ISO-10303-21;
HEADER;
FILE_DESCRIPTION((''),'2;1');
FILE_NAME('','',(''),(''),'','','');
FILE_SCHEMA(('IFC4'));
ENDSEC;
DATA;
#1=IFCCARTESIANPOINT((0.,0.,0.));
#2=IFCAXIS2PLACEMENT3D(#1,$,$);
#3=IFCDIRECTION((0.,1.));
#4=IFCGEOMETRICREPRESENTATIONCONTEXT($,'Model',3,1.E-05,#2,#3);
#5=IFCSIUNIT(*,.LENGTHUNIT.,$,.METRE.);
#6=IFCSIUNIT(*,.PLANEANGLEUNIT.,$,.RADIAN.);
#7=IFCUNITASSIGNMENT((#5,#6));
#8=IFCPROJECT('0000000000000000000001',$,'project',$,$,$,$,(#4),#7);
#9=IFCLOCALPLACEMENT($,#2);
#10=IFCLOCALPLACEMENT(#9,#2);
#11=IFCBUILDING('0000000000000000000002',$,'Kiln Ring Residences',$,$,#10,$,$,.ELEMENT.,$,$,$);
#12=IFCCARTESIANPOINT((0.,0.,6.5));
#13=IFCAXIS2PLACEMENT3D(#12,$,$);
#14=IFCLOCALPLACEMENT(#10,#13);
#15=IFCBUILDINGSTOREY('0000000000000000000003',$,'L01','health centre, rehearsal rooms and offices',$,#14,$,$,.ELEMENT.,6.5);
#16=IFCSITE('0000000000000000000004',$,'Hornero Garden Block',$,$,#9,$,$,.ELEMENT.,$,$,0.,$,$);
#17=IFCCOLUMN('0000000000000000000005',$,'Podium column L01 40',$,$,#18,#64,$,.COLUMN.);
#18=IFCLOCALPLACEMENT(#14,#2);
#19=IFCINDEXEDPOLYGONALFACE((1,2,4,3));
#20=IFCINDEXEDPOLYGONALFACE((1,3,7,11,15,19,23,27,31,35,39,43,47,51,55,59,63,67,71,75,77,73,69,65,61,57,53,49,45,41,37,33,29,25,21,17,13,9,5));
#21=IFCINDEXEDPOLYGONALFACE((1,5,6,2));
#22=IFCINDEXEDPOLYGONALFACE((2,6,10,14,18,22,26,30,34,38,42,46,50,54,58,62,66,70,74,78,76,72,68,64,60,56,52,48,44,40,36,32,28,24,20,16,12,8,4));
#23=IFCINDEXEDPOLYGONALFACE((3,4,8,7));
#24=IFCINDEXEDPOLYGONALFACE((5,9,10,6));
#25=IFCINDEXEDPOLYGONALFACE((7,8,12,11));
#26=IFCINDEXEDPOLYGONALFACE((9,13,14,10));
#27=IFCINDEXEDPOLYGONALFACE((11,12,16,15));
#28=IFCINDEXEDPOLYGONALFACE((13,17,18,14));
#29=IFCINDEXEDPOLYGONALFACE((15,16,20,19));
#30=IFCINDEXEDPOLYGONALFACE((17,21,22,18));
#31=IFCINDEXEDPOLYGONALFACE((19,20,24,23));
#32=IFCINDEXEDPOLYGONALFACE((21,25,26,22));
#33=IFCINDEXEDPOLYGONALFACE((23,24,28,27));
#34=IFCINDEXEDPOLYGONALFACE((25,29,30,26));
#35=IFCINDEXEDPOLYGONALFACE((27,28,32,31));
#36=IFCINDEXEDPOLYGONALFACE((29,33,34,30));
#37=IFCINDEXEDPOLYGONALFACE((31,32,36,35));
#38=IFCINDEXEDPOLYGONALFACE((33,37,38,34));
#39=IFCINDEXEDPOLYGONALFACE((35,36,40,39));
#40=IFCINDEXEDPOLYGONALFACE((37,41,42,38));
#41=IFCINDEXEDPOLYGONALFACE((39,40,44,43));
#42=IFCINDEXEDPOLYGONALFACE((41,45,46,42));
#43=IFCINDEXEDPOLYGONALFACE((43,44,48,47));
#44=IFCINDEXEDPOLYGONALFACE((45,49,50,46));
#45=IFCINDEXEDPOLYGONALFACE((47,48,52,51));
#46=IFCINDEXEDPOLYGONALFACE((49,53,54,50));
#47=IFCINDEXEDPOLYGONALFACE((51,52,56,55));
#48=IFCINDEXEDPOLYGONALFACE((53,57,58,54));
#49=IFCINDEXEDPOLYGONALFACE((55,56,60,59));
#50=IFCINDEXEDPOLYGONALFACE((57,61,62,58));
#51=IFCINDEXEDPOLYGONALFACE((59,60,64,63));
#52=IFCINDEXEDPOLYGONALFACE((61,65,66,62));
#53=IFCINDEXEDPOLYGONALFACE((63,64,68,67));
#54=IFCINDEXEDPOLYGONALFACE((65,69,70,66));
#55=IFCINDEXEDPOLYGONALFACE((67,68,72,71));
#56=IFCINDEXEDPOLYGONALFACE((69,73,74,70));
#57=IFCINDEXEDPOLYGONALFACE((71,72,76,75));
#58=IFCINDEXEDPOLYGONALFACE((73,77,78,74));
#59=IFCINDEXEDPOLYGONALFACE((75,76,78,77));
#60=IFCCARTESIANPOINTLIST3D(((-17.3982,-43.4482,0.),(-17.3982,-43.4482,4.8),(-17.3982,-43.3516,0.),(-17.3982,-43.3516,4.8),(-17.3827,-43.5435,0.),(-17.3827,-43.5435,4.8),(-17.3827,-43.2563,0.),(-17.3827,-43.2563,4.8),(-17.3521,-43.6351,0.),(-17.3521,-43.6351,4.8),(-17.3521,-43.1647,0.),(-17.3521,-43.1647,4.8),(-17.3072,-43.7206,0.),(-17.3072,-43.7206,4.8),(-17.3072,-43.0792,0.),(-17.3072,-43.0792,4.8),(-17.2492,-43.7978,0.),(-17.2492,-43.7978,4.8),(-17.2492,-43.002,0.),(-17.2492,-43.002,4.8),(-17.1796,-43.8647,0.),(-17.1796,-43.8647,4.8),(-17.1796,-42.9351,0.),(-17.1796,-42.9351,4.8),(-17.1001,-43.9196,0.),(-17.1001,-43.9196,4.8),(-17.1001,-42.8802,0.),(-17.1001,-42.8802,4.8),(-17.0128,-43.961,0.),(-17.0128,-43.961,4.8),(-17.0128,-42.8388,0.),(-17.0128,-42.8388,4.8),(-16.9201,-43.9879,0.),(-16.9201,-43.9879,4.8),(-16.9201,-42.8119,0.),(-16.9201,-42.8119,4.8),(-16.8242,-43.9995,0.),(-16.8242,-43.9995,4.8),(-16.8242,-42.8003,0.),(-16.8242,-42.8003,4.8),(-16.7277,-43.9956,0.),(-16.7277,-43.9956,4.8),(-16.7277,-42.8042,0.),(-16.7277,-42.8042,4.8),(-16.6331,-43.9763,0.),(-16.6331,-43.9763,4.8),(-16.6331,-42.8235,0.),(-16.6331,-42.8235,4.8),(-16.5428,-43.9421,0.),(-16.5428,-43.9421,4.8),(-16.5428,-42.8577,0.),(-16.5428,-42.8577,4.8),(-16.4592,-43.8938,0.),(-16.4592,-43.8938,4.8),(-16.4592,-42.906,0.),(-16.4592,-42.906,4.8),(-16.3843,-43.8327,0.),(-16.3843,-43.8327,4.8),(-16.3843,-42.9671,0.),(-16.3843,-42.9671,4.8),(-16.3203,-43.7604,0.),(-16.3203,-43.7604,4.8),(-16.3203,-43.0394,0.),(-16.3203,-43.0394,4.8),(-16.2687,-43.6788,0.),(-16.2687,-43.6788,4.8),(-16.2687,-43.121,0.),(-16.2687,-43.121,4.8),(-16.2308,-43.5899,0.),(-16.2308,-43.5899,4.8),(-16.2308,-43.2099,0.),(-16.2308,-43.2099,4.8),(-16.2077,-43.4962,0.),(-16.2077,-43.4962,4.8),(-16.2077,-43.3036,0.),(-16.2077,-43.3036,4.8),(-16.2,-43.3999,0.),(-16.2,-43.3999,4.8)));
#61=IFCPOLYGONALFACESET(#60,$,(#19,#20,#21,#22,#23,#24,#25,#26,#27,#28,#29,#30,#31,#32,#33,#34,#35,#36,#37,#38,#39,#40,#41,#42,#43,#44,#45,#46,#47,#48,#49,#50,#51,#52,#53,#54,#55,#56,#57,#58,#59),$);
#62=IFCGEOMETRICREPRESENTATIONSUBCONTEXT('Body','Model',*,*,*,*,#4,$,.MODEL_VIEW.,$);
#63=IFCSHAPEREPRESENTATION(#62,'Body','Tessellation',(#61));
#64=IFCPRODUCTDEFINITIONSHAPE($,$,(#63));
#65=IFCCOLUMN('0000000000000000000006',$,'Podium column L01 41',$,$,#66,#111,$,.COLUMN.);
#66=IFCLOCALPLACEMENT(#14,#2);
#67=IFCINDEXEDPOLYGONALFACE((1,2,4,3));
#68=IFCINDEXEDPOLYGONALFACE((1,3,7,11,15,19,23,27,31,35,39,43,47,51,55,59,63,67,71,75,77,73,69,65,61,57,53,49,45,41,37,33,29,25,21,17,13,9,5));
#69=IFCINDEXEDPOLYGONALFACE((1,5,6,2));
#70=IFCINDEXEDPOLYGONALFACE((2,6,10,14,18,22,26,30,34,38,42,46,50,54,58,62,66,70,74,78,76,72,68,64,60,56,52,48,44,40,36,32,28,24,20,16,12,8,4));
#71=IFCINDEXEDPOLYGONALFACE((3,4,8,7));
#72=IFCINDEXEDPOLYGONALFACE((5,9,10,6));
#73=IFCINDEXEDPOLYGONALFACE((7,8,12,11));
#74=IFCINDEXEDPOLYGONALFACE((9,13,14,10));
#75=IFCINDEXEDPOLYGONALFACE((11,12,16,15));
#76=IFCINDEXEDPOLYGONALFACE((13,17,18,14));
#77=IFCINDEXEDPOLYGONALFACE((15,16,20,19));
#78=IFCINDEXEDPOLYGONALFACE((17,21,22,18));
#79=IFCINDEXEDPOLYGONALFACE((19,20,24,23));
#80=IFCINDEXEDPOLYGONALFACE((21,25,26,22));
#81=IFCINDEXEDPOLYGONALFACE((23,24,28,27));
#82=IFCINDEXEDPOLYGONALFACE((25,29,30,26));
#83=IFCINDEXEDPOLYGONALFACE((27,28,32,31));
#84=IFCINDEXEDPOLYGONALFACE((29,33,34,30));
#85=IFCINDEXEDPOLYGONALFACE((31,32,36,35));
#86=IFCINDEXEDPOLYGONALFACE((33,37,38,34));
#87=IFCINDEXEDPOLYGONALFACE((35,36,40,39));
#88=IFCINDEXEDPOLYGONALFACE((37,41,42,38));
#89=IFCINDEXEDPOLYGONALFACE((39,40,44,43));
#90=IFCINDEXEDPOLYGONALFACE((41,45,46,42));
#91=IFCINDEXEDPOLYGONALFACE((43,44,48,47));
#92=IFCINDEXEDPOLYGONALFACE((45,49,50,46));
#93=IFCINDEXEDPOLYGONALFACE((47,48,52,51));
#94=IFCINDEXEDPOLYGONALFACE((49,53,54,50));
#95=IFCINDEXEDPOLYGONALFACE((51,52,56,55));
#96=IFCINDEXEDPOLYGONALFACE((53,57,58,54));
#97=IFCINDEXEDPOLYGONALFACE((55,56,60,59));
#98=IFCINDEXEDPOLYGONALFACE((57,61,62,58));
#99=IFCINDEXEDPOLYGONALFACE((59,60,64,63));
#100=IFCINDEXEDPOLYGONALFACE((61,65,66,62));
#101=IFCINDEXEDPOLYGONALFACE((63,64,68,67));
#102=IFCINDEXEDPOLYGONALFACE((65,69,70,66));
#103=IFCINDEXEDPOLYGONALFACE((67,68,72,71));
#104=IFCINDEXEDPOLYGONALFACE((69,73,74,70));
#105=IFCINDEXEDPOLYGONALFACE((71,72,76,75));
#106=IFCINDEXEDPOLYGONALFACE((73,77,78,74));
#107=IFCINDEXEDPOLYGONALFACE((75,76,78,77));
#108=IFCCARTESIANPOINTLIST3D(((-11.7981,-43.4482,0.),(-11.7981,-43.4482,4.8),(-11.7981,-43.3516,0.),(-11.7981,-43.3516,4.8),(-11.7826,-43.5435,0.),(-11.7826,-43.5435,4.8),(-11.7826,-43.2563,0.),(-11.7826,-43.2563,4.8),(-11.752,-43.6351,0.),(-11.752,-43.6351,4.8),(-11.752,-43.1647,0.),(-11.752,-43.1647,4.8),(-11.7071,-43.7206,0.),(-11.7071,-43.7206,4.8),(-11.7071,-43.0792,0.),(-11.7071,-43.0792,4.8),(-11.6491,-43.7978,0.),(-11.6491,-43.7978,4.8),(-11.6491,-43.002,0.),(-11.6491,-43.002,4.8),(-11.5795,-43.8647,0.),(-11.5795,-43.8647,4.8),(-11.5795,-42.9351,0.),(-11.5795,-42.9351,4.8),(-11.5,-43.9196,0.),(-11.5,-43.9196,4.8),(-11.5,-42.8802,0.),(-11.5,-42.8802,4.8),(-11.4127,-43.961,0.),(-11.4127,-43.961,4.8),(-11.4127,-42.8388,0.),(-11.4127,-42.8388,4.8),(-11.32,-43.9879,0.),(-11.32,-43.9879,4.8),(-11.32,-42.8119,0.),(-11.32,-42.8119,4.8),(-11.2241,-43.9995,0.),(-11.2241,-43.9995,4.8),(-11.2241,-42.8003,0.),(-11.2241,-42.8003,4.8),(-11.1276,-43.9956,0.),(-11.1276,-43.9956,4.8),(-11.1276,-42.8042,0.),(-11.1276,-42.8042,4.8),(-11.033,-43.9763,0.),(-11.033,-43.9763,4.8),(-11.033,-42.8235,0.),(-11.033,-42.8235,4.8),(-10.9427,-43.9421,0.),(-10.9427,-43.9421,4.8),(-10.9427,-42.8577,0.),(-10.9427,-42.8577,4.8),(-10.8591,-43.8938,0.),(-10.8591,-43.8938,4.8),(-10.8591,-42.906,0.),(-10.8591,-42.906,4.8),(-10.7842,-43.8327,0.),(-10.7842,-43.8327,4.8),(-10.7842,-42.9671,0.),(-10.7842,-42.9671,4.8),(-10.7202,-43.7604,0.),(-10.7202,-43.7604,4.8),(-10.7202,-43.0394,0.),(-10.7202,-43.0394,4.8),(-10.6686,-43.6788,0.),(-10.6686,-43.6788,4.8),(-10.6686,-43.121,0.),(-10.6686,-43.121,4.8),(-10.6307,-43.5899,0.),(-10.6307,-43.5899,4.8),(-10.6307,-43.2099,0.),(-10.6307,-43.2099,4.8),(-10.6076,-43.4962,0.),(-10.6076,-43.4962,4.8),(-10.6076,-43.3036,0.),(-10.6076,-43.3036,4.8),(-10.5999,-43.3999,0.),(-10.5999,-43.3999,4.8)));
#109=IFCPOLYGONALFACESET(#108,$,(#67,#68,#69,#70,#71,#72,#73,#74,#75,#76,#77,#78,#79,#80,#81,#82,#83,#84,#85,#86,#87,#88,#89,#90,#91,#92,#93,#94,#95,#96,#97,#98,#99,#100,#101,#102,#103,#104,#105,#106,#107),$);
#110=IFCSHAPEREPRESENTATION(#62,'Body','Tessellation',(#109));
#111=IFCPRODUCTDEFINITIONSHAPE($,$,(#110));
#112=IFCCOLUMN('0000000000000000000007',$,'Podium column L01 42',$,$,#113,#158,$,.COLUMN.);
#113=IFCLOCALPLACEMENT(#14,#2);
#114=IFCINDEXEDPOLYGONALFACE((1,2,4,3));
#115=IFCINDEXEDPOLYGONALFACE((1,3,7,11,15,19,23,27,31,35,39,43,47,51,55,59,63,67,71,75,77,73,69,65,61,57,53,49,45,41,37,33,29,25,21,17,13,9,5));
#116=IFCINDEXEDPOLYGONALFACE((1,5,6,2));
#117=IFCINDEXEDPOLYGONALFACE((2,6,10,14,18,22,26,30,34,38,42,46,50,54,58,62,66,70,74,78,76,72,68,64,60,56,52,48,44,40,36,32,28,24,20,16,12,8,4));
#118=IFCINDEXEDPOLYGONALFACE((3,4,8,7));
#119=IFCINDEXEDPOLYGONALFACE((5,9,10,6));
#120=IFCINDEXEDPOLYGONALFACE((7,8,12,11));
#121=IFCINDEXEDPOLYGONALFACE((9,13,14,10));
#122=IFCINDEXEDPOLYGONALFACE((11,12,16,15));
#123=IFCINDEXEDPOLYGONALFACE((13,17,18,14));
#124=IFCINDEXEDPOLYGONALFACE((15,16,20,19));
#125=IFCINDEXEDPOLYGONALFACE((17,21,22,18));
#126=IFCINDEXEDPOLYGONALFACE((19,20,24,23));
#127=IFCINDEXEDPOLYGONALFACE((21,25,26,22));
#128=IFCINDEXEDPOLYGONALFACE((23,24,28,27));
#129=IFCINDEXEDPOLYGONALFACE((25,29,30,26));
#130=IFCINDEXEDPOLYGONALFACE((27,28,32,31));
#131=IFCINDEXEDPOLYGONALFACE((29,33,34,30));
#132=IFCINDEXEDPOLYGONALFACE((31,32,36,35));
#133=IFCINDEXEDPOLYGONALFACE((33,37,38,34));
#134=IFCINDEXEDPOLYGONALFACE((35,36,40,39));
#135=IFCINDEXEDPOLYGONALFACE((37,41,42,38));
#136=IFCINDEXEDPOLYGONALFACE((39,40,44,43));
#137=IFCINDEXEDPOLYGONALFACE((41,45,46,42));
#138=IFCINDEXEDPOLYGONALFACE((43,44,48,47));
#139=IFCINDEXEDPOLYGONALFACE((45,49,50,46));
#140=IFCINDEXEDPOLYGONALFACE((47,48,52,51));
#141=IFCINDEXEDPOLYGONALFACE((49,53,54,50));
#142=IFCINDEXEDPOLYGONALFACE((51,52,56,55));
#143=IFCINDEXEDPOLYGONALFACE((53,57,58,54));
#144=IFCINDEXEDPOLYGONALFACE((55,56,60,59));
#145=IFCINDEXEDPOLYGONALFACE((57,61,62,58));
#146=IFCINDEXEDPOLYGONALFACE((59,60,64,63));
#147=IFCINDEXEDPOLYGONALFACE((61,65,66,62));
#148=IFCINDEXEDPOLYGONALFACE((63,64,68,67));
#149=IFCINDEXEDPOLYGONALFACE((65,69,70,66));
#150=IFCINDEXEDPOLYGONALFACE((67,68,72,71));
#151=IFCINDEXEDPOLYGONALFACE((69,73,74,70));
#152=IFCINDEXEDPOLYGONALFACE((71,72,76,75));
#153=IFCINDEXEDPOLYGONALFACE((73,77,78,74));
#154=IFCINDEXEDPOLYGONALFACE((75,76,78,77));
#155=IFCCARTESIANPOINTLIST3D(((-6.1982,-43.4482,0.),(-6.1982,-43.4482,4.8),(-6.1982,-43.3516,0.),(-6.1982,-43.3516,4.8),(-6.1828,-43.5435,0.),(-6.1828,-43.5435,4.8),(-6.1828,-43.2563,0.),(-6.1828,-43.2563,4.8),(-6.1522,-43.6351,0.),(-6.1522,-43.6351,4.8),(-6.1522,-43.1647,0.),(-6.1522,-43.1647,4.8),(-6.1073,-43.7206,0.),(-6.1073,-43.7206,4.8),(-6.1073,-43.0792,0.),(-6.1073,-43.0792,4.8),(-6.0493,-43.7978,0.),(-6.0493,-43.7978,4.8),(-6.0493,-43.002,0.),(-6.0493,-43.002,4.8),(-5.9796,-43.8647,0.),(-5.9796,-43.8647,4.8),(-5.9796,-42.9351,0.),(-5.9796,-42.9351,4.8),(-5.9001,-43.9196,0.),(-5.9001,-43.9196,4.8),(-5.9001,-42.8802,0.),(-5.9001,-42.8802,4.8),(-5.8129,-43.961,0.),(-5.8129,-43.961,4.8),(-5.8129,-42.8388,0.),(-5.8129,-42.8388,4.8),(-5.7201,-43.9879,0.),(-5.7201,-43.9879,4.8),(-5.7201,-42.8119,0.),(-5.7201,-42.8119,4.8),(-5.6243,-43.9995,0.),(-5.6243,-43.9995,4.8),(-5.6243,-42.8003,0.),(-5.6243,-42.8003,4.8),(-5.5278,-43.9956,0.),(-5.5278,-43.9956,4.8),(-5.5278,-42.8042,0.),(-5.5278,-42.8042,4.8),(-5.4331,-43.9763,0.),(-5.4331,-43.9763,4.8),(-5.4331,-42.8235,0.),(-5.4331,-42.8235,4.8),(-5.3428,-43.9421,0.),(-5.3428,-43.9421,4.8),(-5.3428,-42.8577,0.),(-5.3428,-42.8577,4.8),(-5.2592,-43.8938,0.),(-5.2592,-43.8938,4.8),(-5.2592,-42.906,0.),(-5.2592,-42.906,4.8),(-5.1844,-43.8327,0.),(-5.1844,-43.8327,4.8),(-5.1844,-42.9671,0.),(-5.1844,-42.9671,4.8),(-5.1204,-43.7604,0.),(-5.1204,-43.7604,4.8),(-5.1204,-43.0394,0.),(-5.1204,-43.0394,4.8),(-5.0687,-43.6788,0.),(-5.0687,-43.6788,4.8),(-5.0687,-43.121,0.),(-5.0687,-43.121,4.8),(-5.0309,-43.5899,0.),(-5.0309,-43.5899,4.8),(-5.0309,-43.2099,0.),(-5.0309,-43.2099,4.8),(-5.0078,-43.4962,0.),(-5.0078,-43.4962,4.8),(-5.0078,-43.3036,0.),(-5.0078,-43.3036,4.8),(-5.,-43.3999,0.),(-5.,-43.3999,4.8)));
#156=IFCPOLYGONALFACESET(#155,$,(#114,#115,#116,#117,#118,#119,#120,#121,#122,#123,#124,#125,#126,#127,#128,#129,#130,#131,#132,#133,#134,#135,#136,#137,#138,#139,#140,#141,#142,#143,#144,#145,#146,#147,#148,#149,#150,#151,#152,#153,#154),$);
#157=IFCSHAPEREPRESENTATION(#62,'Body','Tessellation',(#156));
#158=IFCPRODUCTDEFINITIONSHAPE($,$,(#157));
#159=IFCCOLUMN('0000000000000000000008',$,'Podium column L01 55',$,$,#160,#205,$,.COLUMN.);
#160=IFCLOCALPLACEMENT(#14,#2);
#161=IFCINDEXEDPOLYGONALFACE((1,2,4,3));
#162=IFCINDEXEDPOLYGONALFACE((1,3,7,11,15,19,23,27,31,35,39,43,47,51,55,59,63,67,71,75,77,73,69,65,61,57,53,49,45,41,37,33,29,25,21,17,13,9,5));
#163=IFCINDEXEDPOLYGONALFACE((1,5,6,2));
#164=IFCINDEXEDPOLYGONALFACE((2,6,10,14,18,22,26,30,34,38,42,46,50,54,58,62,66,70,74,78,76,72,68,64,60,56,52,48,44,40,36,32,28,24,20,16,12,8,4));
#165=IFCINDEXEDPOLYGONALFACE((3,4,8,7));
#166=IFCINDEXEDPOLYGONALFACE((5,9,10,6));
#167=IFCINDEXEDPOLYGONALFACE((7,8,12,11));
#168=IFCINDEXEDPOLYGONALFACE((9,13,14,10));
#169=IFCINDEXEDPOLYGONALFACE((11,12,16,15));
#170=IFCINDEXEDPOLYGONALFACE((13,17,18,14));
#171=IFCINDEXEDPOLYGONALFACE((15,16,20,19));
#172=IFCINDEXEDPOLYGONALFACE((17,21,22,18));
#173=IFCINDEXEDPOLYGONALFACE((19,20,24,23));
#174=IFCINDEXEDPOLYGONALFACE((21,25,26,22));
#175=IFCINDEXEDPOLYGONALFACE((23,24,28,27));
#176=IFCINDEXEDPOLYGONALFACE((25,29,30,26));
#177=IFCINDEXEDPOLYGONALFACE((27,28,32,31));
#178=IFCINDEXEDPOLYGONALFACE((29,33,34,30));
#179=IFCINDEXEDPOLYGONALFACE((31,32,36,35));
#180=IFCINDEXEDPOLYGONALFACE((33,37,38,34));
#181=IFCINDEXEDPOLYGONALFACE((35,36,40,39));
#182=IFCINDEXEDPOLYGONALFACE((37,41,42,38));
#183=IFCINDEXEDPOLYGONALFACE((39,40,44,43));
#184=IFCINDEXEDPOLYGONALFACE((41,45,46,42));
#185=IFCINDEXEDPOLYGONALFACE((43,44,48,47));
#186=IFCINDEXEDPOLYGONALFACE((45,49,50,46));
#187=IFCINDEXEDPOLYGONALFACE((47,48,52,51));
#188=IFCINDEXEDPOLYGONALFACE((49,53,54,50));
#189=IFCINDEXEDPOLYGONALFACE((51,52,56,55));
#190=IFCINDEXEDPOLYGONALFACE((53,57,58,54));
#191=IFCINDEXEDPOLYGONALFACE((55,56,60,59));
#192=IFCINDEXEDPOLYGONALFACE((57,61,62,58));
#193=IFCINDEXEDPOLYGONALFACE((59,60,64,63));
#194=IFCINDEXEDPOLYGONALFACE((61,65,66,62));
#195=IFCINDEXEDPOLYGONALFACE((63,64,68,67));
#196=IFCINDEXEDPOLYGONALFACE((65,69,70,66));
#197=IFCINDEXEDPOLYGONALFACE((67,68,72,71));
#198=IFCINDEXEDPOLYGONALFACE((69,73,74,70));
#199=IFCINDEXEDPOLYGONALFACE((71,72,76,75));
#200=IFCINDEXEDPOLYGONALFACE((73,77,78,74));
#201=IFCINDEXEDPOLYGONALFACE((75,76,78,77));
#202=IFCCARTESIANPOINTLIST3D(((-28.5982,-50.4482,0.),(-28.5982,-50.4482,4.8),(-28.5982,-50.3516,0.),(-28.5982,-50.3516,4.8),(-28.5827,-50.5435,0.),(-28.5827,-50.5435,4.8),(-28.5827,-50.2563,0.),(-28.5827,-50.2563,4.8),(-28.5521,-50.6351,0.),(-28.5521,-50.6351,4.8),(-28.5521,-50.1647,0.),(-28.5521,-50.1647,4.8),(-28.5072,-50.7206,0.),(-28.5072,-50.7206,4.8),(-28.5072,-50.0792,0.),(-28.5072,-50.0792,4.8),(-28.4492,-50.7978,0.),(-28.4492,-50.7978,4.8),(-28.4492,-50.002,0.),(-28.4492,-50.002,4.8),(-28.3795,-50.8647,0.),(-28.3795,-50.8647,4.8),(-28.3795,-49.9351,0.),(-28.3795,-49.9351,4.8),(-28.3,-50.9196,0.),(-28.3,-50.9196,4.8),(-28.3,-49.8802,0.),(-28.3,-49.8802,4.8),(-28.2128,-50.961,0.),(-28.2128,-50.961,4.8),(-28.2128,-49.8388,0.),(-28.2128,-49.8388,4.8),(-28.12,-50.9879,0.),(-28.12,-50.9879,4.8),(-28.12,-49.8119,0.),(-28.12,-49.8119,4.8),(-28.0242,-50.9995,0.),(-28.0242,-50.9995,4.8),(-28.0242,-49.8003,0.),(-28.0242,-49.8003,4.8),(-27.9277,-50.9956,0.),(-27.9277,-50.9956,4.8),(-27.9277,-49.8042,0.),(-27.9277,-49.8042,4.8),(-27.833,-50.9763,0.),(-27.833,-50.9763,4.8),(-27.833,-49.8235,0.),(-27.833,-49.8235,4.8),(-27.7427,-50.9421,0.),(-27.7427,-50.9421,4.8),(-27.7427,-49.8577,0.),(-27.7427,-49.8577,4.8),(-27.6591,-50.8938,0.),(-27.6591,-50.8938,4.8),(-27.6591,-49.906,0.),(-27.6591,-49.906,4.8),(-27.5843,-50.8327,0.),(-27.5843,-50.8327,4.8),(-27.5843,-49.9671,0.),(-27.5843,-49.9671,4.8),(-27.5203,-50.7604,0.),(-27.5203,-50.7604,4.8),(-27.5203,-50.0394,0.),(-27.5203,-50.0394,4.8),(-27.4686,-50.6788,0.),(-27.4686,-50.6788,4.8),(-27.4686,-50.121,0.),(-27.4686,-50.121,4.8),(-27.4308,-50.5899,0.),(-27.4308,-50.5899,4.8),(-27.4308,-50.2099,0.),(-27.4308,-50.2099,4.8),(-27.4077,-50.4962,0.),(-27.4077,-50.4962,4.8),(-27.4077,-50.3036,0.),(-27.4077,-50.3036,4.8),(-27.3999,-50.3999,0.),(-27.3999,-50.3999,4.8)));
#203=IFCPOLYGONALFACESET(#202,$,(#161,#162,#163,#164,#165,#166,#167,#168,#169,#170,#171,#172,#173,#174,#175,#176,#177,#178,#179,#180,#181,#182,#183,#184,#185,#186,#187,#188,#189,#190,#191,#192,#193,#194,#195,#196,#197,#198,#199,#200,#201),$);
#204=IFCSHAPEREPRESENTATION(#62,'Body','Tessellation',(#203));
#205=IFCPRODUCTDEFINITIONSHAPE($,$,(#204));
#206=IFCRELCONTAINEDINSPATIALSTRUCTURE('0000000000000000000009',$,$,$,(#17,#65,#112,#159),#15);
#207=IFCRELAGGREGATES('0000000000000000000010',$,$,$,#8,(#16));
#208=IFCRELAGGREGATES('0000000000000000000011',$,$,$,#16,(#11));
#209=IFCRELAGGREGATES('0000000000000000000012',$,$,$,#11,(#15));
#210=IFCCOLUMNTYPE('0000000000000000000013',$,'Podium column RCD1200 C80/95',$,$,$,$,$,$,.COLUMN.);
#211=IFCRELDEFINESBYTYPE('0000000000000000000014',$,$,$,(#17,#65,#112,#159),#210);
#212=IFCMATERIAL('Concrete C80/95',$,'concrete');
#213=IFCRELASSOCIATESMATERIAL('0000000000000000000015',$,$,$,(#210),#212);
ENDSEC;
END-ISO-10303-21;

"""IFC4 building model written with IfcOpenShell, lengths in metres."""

from ifc_helpers import new_model, si_unit, direction, frame, origin, origin_2d, place, context, subcontext, project, spatial, circle, extrude, material, material_profile, profile_set, type_object, element, save


model = new_model("IFC4")

# Units and contexts
model_context = context("Model", 3, precision=1e-05, world=origin(), true_north=direction((0.0, 1.0)))
body_context = subcontext(model_context, "Body", "Model", "MODEL_VIEW")
ifc_project = project(units=[si_unit("LENGTHUNIT", "METRE"), si_unit("PLANEANGLEUNIT", "RADIAN")], contexts=[model_context])

# Site, building, storey
site_placement = place(None, origin())
site = spatial("IfcSite", under=ifc_project, at=site_placement, Name="Hornero Garden Block", CompositionType="ELEMENT", RefElevation=0.0)
building_placement = place(site_placement, origin())
building = spatial("IfcBuilding", under=site, at=building_placement, Name="Kiln Ring Residences", CompositionType="ELEMENT")
storey_placement = place(building_placement, frame((0.0, 0.0, 6.5)))
storey = spatial("IfcBuildingStorey", under=building, at=storey_placement, Name="L01", Description="health centre, rehearsal rooms and offices", CompositionType="ELEMENT", Elevation=6.5)

# Columns
ifc_material_1 = material(Name="Concrete C80/95", Category="concrete")
ifc_material_profile = material_profile(ifc_material_1, circle(Radius=0.6001, at=origin_2d()), Name="RCD1200")
ifc_profile_set = profile_set([ifc_material_profile], Name="Concrete C80/95")
column_type = type_object("IfcColumnType", Name="Podium column RCD1200 C80/95", PredefinedType="COLUMN", material=ifc_profile_set)
for number, where, z_axis, x_axis, name in (
    (1, (-16.8, -43.3999, 0.0), (0.0, 0.0, 1.0), (1.0, 0.0, 0.0), "Podium column L01 40"),
    (2, (-11.2, -43.3999, 0.0), (0.0, 0.0, 1.0), (1.0, 0.0, 0.0), "Podium column L01 41"),
    (3, (-5.6001, -43.3999, 0.0), (0.0, 0.0, 1.0), (1.0, 0.0, 0.0), "Podium column L01 42"),
    (4, (-28.0, -50.3999, 0.0), (0.0, 0.0, 1.0), (1.0, 0.0, 0.0), "Podium column L01 55"),
):
    element("IfcColumn", number, at=place(storey_placement, frame(where, z_axis=z_axis, x_axis=x_axis)), inside=storey, type_object=column_type, Name=name, PredefinedType="COLUMN", context=body_context, shape_type="SweptSolid", body=[
        extrude(circle(Radius=0.6001, at=origin_2d()), origin(), (0.0, 0.0, 1.0), 4.8),
    ])

save(model, "model.ifc")
